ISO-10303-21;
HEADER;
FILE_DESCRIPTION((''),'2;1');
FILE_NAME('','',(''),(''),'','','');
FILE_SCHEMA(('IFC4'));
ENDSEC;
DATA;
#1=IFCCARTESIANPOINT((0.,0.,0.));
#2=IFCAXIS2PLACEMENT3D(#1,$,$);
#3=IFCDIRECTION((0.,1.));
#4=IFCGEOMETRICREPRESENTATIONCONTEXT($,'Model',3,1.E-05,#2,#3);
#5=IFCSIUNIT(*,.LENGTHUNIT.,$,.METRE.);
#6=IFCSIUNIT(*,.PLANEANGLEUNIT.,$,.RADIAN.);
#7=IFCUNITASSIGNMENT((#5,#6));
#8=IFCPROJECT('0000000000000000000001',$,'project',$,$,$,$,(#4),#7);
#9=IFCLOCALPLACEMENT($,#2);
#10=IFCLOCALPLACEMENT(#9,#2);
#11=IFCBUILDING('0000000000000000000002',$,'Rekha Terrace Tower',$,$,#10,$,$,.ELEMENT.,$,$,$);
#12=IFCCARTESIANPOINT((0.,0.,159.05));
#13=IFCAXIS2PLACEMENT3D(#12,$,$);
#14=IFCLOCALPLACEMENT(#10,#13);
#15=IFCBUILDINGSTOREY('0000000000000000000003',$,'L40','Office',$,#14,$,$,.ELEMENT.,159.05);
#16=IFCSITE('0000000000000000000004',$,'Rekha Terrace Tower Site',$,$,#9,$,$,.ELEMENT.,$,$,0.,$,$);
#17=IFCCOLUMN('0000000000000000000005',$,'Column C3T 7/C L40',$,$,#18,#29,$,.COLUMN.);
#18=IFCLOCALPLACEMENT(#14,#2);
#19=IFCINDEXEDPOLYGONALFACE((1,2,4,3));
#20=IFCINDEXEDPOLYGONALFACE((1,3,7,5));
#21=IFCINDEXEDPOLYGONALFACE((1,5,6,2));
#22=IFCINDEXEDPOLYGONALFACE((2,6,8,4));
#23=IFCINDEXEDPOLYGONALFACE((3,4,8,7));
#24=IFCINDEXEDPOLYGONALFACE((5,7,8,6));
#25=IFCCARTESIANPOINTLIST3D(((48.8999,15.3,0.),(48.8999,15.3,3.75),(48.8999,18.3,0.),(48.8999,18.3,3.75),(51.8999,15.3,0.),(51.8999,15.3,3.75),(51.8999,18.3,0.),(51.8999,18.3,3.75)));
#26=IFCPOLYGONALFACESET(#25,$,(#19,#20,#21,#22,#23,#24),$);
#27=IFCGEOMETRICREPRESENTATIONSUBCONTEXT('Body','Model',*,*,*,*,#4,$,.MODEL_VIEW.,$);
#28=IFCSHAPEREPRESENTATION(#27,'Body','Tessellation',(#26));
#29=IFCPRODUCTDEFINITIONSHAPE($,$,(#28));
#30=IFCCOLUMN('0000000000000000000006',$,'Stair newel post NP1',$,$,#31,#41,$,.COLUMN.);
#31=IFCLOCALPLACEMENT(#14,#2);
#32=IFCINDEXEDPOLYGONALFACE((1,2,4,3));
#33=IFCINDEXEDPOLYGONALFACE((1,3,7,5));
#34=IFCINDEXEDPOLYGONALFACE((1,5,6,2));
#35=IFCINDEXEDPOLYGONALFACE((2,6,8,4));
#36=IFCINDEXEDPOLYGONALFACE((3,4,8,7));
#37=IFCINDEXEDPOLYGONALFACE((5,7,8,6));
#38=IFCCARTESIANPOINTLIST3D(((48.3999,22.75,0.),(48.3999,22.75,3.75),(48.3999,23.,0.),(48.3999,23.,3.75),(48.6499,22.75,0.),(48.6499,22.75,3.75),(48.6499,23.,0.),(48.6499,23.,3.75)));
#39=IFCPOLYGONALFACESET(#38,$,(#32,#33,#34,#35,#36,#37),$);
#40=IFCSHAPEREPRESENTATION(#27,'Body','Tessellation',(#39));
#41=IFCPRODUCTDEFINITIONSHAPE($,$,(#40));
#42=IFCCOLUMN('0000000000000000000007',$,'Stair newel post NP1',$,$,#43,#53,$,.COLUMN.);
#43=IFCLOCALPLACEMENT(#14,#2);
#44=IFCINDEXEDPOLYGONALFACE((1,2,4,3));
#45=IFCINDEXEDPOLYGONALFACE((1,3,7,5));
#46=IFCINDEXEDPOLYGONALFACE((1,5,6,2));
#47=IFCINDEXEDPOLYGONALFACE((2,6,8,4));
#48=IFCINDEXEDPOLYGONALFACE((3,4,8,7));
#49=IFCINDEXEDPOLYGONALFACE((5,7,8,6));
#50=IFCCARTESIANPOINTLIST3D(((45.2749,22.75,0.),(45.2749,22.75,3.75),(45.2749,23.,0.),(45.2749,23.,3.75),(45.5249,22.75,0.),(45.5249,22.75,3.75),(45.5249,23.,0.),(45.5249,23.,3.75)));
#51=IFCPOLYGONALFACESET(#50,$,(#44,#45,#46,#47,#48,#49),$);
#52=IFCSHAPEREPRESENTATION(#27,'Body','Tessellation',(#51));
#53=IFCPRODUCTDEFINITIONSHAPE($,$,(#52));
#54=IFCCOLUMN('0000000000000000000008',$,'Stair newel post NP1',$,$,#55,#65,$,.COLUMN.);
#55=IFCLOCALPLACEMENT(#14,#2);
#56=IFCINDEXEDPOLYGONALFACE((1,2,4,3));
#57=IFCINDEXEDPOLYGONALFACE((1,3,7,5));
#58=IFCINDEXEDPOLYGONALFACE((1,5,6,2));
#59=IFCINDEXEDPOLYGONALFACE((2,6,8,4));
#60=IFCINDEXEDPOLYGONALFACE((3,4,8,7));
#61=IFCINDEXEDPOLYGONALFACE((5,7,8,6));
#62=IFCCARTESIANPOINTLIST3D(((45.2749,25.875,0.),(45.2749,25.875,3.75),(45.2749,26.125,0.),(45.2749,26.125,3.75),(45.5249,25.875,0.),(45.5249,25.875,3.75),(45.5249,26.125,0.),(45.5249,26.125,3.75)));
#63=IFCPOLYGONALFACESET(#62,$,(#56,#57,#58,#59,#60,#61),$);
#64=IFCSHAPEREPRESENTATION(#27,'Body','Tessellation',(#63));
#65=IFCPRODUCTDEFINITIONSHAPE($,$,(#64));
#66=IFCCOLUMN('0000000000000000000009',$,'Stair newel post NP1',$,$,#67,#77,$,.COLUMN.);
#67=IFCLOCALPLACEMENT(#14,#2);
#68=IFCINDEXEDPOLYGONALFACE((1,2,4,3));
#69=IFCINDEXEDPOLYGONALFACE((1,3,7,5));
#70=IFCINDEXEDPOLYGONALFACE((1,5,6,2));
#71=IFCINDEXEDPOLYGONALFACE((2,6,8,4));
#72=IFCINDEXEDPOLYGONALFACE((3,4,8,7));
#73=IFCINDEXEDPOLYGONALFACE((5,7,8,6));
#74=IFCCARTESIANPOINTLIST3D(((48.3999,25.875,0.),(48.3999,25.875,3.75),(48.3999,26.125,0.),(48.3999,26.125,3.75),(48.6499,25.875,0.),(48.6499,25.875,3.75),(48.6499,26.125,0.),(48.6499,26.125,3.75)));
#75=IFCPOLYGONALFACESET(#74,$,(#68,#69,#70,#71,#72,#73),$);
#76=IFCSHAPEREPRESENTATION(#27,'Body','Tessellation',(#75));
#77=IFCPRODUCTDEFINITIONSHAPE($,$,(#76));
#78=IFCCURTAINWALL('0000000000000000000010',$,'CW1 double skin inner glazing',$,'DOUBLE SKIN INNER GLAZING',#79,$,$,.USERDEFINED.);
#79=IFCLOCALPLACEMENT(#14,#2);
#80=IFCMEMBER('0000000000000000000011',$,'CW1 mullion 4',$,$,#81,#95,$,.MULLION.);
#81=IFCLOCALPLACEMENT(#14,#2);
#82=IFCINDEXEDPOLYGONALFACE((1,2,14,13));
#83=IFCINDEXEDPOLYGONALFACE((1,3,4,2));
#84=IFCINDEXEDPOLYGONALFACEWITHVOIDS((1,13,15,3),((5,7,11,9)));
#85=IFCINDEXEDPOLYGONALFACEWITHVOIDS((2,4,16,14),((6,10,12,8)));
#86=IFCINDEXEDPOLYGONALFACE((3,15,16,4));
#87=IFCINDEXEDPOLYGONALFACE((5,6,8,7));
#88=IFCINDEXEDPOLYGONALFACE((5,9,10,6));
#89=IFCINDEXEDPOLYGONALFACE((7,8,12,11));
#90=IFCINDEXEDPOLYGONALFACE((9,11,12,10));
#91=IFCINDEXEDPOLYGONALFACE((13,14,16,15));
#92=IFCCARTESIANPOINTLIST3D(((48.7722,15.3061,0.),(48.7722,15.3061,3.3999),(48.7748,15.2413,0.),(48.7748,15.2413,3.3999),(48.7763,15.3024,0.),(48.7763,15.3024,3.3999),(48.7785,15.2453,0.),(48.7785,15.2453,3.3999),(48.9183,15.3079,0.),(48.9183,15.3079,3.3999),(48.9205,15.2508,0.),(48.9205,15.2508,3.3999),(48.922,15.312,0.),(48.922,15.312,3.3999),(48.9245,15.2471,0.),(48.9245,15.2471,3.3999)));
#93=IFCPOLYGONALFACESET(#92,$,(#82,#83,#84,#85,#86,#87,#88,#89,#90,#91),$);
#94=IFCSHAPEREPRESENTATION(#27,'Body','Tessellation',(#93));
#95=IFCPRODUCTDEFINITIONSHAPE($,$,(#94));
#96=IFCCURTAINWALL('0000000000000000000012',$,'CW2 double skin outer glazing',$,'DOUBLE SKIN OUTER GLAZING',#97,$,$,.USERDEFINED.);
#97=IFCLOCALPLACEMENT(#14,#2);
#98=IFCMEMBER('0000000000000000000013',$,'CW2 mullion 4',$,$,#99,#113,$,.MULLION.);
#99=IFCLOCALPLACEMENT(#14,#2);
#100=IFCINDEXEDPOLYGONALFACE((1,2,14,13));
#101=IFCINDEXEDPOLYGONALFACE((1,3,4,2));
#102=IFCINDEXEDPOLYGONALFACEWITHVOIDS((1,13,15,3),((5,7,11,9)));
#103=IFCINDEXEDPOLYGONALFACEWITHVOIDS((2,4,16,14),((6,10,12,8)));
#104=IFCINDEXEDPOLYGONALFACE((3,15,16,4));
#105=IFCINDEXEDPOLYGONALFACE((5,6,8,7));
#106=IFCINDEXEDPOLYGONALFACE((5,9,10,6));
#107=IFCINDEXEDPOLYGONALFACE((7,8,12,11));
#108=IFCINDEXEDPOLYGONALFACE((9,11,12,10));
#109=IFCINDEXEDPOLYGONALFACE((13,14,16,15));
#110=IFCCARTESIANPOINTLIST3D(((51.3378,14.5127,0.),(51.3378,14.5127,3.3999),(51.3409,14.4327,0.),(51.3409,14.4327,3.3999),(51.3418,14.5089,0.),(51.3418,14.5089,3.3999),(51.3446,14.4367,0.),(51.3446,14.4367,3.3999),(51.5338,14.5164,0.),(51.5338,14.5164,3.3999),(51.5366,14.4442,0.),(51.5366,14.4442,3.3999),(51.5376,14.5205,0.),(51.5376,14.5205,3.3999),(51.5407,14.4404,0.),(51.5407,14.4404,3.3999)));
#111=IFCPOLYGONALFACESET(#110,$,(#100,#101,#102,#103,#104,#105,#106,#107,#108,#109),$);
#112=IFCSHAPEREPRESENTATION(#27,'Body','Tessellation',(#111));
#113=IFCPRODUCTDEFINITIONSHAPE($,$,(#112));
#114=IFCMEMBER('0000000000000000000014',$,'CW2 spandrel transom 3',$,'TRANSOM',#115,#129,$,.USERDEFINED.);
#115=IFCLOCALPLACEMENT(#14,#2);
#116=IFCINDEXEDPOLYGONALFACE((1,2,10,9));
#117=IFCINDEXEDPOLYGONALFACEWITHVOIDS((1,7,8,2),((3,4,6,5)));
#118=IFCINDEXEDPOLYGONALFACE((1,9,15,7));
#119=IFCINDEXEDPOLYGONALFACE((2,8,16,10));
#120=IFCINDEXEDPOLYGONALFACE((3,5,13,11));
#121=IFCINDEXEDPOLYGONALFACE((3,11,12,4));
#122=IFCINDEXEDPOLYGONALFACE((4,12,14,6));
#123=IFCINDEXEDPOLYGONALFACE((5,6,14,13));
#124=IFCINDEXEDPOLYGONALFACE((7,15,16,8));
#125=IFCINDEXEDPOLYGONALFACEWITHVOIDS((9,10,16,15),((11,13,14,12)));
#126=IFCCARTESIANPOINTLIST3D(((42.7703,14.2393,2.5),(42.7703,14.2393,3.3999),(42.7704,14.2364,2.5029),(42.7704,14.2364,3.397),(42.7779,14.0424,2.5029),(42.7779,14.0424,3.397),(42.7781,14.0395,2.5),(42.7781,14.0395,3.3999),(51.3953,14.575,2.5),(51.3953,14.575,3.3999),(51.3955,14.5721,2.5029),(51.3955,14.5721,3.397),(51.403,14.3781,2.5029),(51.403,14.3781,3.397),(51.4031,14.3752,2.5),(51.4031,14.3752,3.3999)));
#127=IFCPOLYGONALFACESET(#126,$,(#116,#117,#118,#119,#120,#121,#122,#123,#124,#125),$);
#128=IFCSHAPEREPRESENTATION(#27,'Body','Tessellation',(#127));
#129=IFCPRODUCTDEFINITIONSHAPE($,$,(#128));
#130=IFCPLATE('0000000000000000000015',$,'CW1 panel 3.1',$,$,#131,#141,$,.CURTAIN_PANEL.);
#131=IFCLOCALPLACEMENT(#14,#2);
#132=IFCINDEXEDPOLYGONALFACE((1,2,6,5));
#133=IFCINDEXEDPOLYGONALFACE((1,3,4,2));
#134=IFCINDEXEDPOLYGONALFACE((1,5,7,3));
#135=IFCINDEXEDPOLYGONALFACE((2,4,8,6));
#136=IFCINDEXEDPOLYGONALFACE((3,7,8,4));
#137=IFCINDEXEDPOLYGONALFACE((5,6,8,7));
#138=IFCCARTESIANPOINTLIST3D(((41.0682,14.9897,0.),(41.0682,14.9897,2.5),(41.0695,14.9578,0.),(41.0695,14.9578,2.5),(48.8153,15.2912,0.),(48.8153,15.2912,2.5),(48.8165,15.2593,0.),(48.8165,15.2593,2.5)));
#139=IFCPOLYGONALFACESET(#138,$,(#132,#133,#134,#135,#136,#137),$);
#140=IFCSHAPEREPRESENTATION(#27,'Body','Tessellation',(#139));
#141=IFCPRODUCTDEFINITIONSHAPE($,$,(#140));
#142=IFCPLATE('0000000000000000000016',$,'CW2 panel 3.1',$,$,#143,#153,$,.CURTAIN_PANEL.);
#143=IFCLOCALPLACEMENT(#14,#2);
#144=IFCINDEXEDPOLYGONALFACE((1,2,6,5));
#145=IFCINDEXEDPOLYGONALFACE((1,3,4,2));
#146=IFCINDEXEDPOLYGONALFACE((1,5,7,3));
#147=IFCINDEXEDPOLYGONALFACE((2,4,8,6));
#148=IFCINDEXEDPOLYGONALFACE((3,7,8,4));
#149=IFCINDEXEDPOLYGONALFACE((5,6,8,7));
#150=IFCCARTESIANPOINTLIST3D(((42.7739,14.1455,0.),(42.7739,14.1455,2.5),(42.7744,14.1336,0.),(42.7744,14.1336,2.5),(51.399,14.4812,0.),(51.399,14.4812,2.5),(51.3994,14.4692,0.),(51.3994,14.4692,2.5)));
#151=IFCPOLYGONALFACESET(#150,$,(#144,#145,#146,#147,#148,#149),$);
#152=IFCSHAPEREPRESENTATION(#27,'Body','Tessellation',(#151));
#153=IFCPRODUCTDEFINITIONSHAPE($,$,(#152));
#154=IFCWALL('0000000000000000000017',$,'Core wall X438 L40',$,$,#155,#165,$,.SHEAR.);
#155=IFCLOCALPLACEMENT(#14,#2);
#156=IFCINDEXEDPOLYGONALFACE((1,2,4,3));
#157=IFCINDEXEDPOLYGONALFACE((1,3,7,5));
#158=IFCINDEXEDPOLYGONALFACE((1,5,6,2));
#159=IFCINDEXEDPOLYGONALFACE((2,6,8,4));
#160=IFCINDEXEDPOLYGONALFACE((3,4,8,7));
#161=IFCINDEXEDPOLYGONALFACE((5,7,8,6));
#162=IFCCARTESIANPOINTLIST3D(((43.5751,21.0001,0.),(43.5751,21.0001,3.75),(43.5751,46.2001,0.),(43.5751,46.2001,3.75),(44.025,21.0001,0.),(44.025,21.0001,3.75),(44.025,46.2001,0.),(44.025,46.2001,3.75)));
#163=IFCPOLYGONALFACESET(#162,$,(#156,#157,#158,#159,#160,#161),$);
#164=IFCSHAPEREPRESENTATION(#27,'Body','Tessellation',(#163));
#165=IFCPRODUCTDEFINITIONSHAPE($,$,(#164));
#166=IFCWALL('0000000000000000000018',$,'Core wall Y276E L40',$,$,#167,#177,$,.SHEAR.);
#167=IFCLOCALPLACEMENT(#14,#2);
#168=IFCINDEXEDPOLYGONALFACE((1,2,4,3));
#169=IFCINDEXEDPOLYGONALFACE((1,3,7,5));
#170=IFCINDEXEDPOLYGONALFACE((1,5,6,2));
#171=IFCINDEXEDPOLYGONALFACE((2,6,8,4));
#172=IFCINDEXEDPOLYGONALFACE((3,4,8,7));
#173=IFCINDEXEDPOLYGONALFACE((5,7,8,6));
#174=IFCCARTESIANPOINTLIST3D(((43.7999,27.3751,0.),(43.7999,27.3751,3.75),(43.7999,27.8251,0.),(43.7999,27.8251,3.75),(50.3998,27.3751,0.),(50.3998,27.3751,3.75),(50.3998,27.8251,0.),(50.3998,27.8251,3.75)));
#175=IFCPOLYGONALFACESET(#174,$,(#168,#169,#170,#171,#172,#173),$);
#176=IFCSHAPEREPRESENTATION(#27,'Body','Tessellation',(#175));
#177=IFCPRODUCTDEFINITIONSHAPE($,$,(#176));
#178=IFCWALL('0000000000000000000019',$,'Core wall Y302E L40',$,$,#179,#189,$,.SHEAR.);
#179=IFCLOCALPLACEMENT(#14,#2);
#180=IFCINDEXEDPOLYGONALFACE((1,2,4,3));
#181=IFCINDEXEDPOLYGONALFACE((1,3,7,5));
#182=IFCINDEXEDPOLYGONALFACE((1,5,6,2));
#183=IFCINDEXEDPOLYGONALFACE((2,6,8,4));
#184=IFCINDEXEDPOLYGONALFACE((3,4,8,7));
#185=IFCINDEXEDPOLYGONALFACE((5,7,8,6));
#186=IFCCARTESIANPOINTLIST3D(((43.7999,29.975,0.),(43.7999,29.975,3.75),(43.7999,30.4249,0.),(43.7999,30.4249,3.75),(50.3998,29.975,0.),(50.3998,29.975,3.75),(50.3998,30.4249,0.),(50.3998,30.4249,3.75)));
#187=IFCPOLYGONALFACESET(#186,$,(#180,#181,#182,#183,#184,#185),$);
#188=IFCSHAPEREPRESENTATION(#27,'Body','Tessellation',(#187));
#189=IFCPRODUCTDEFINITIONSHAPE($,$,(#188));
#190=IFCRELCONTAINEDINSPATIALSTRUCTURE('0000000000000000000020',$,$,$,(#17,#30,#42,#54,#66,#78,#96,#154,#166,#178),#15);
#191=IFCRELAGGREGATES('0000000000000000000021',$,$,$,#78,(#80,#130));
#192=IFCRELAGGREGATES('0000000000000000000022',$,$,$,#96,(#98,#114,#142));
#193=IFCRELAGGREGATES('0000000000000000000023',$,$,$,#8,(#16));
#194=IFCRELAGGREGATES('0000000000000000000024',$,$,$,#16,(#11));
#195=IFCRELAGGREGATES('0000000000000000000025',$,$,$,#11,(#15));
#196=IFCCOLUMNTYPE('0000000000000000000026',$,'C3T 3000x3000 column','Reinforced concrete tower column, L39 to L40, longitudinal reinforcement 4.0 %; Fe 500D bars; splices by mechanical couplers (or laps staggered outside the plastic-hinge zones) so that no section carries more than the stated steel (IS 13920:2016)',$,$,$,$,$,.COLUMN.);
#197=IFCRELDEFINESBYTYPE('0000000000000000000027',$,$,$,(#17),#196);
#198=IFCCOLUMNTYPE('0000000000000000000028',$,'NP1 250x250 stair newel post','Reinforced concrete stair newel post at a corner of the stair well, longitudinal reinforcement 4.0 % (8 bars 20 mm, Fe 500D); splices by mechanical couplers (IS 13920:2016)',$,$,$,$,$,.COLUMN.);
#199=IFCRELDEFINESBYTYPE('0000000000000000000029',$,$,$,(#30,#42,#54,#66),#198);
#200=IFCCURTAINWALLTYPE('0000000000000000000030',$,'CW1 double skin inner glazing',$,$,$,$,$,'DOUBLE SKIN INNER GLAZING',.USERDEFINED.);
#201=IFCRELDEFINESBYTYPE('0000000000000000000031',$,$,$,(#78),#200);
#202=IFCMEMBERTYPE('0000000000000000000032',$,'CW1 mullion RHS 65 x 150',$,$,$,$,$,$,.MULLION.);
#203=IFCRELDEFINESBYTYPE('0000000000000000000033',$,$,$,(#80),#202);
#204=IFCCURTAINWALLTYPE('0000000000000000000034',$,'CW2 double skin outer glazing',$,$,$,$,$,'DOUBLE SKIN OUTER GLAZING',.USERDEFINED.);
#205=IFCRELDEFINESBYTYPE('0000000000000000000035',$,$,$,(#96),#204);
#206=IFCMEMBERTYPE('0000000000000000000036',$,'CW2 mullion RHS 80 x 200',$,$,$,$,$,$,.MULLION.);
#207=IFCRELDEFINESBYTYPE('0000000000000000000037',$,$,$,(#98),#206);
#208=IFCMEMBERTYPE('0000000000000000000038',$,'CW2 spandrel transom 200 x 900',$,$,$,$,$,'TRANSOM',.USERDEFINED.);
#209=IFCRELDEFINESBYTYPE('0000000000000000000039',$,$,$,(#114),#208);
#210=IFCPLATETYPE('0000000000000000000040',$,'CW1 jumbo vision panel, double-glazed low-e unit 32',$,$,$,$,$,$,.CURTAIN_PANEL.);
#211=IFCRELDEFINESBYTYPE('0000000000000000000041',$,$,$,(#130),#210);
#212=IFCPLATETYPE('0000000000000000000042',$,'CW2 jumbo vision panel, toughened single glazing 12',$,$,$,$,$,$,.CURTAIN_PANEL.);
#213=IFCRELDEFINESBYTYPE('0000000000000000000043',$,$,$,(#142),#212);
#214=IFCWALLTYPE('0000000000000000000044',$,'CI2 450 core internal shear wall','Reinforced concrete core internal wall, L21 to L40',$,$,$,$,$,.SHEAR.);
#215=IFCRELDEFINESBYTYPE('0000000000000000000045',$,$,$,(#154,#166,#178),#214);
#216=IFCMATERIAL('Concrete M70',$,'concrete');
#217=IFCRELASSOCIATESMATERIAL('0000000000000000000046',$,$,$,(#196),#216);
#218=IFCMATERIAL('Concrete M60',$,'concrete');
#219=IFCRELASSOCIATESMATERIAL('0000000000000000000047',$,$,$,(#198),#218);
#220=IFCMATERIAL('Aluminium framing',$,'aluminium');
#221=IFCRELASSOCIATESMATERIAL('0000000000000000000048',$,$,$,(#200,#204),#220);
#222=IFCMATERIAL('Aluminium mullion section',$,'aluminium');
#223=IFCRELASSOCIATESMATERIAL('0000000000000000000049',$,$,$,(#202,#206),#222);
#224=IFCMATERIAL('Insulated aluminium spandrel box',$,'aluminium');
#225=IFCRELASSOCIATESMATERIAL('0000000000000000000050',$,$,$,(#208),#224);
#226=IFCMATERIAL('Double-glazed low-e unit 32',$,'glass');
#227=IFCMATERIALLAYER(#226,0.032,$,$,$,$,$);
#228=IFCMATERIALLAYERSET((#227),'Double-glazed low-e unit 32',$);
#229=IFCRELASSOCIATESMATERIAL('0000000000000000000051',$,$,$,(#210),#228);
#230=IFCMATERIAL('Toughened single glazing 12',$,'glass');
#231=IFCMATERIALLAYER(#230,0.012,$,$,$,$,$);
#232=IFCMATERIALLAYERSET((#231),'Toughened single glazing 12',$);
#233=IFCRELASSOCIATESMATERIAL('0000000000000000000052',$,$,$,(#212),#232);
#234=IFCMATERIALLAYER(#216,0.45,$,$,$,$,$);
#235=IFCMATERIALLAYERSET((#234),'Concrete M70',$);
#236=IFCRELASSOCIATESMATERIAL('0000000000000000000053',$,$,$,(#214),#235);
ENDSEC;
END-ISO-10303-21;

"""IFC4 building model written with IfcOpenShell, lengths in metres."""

from ifc_helpers import new_model, si_unit, direction, frame, frame_2d, origin, origin_2d, place, context, subcontext, project, spatial, rectangle, hollow_rectangle, extrude, material, layer, layer_set, material_profile, profile_set, type_object, element, aggregate, save


model = new_model("IFC4")

# Units and contexts
model_context = context("Model", 3, precision=1e-05, world=origin(), true_north=direction((0.0, 1.0)))
body_context = subcontext(model_context, "Body", "Model", "MODEL_VIEW")
ifc_project = project(units=[si_unit("LENGTHUNIT", "METRE"), si_unit("PLANEANGLEUNIT", "RADIAN")], contexts=[model_context])

# Site, building, storey
site_placement = place(None, origin())
site = spatial("IfcSite", under=ifc_project, at=site_placement, Name="Rekha Terrace Tower Site", CompositionType="ELEMENT", RefElevation=0.0)
building_placement = place(site_placement, origin())
building = spatial("IfcBuilding", under=site, at=building_placement, Name="Rekha Terrace Tower", CompositionType="ELEMENT")
storey_placement = place(building_placement, frame((0.0, 0.0, 159.05)))
storey = spatial("IfcBuildingStorey", under=building, at=storey_placement, Name="L40", Description="Office", CompositionType="ELEMENT", Elevation=159.05)

# Columns
ifc_material_1 = material(Name="Concrete M70", Category="concrete")
ifc_material_profile_1 = material_profile(ifc_material_1, rectangle(XDim=3.0, YDim=3.0, at=origin_2d()), Name="RC 3000x3000")
ifc_profile_set_1 = profile_set([ifc_material_profile_1], Name="Concrete M70")
column_type_1 = type_object("IfcColumnType", Name="C3T 3000x3000 column", Description="Reinforced concrete tower column, L39 to L40, longitudinal reinforcement 4.0 %; Fe 500D bars; splices by mechanical couplers (or laps staggered outside the plastic-hinge zones) so that no section carries more than the stated steel (IS 13920:2016)", PredefinedType="COLUMN", material=ifc_profile_set_1)
column_placement = place(storey_placement, frame((50.3999, 16.8, 0.0), z_axis=(0.0, 0.0, 1.0), x_axis=(1.0, 0.0, 0.0)))
element("IfcColumn", 1, at=column_placement, inside=storey, type_object=column_type_1, Name="Column C3T 7/C L40", PredefinedType="COLUMN", context=body_context, shape_type="SweptSolid", body=[
    extrude(rectangle(XDim=3.0, YDim=3.0, at=origin_2d()), origin(), (0.0, 0.0, 1.0), 3.75),
])
ifc_material_2 = material(Name="Concrete M60", Category="concrete")
ifc_material_profile_2 = material_profile(ifc_material_2, rectangle(XDim=0.25, YDim=0.25, at=origin_2d()), Name="RC 250x250")
ifc_profile_set_2 = profile_set([ifc_material_profile_2], Name="Concrete M60")
column_type_2 = type_object("IfcColumnType", Name="NP1 250x250 stair newel post", Description="Reinforced concrete stair newel post at a corner of the stair well, longitudinal reinforcement 4.0 % (8 bars 20 mm, Fe 500D); splices by mechanical couplers (IS 13920:2016)", PredefinedType="COLUMN", material=ifc_profile_set_2)
for number, where, z_axis, x_axis, name in (
    (2, (48.5249, 22.875, 0.0), (0.0, 0.0, 1.0), (1.0, 0.0, 0.0), "Stair newel post NP1"),
    (3, (45.3999, 22.875, 0.0), (0.0, 0.0, 1.0), (1.0, 0.0, 0.0), "Stair newel post NP1"),
    (4, (45.3999, 26.0, 0.0), (0.0, 0.0, 1.0), (1.0, 0.0, 0.0), "Stair newel post NP1"),
    (5, (48.5249, 26.0, 0.0), (0.0, 0.0, 1.0), (1.0, 0.0, 0.0), "Stair newel post NP1"),
):
    element("IfcColumn", number, at=place(storey_placement, frame(where, z_axis=z_axis, x_axis=x_axis)), inside=storey, type_object=column_type_2, Name=name, PredefinedType="COLUMN", context=body_context, shape_type="SweptSolid", body=[
        extrude(rectangle(XDim=0.25, YDim=0.25, at=origin_2d()), origin(), (0.0, 0.0, 1.0), 3.75),
    ])

# Curtain wall, member
ifc_material_3 = material(Name="Aluminium framing", Category="aluminium")
curtain_wall_type_1 = type_object("IfcCurtainWallType", Name="CW1 double skin inner glazing", ElementType="DOUBLE SKIN INNER GLAZING", PredefinedType="USERDEFINED", material=ifc_material_3)
curtain_wall_1_placement = place(storey_placement, origin())
curtain_wall_1 = element("IfcCurtainWall", 6, at=curtain_wall_1_placement, inside=storey, type_object=curtain_wall_type_1, Name="CW1 double skin inner glazing", ObjectType="DOUBLE SKIN INNER GLAZING", PredefinedType="USERDEFINED")
ifc_material_4 = material(Name="Aluminium mullion section", Category="aluminium")
ifc_material_profile_3 = material_profile(ifc_material_4, hollow_rectangle(XDim=0.0649, YDim=0.1499, WallThickness=0.0039, at=origin_2d()), Name="AL RHS 65x150")
ifc_profile_set_3 = profile_set([ifc_material_profile_3], Name="Aluminium mullion section")
member_type_1 = type_object("IfcMemberType", Name="CW1 mullion RHS 65 x 150", PredefinedType="MULLION", material=ifc_profile_set_3)
member_1_placement = place(storey_placement, frame((48.8484, 15.2766, 0.0), z_axis=(0.0, 0.0, 1.0), x_axis=(-0.03889, 0.999243, 0.0)))
member_1 = element("IfcMember", 7, at=member_1_placement, type_object=member_type_1, Name="CW1 mullion 4", PredefinedType="MULLION", context=body_context, shape_type="SweptSolid", body=[
    extrude(hollow_rectangle(XDim=0.0649, YDim=0.1499, WallThickness=0.0039, at=origin_2d()), origin(), (0.0, 0.0, 1.0), 3.3999),
])

# Curtain wall, members
curtain_wall_type_2 = type_object("IfcCurtainWallType", Name="CW2 double skin outer glazing", ElementType="DOUBLE SKIN OUTER GLAZING", PredefinedType="USERDEFINED", material=ifc_material_3)
curtain_wall_2_placement = place(storey_placement, origin())
curtain_wall_2 = element("IfcCurtainWall", 8, at=curtain_wall_2_placement, inside=storey, type_object=curtain_wall_type_2, Name="CW2 double skin outer glazing", ObjectType="DOUBLE SKIN OUTER GLAZING", PredefinedType="USERDEFINED")
ifc_material_profile_4 = material_profile(ifc_material_4, hollow_rectangle(XDim=0.0801, YDim=0.2, WallThickness=0.0039, at=origin_2d()), Name="AL RHS 80x200")
ifc_profile_set_4 = profile_set([ifc_material_profile_4], Name="Aluminium mullion section")
member_type_2 = type_object("IfcMemberType", Name="CW2 mullion RHS 80 x 200", PredefinedType="MULLION", material=ifc_profile_set_4)
member_2_placement = place(storey_placement, frame((51.4392, 14.4766, 0.0), z_axis=(0.0, 0.0, 1.0), x_axis=(-0.03889, 0.999243, 0.0)))
member_2 = element("IfcMember", 9, at=member_2_placement, type_object=member_type_2, Name="CW2 mullion 4", PredefinedType="MULLION", context=body_context, shape_type="SweptSolid", body=[
    extrude(hollow_rectangle(XDim=0.0801, YDim=0.2, WallThickness=0.0039, at=origin_2d()), origin(), (0.0, 0.0, 1.0), 3.3999),
])
ifc_material_5 = material(Name="Insulated aluminium spandrel box", Category="aluminium")
ifc_material_profile_5 = material_profile(ifc_material_5, hollow_rectangle(XDim=0.2, YDim=0.8999, WallThickness=0.0029, at=origin_2d()), Name="AL SPANDREL BOX 200x900")
ifc_profile_set_5 = profile_set([ifc_material_profile_5], Name="Insulated aluminium spandrel box")
member_type_3 = type_object("IfcMemberType", Name="CW2 spandrel transom 200 x 900", ElementType="TRANSOM", PredefinedType="USERDEFINED", material=ifc_profile_set_5)
member_3_placement = place(storey_placement, frame((42.7742, 14.1394, 2.95), z_axis=(0.999243, 0.038892, 0.0), x_axis=(-0.038892, 0.999243, 0.0)))
member_3 = element("IfcMember", 10, at=member_3_placement, type_object=member_type_3, Name="CW2 spandrel transom 3", ObjectType="TRANSOM", PredefinedType="USERDEFINED", context=body_context, shape_type="SweptSolid", body=[
    extrude(hollow_rectangle(XDim=0.2, YDim=0.8999, WallThickness=0.0029, at=origin_2d()), origin(), (0.0, 0.0, 1.0), 8.6316),
])

# Plates
ifc_material_6 = material(Name="Double-glazed low-e unit 32", Category="glass")
ifc_layer_1 = layer(ifc_material_6, 0.032)
ifc_layer_set_1 = layer_set([ifc_layer_1], Name="Double-glazed low-e unit 32")
plate_type_1 = type_object("IfcPlateType", Name="CW1 jumbo vision panel, double-glazed low-e unit 32", PredefinedType="CURTAIN_PANEL", material=ifc_layer_set_1)
plate_1_placement = place(storey_placement, frame((44.9424, 15.1245, 0.0), z_axis=(0.0, 0.0, 1.0), x_axis=(0.999243, 0.03889, 0.0)))
plate_1 = element("IfcPlate", 11, at=plate_1_placement, type_object=plate_type_1, Name="CW1 panel 3.1", PredefinedType="CURTAIN_PANEL", context=body_context, shape_type="SweptSolid", body=[
    extrude(rectangle(XDim=7.7529, YDim=0.032, at=origin_2d()), origin(), (0.0, 0.0, 1.0), 2.5),
])
aggregate(curtain_wall_1, [member_1, plate_1])
ifc_material_7 = material(Name="Toughened single glazing 12", Category="glass")
ifc_layer_2 = layer(ifc_material_7, 0.012)
ifc_layer_set_2 = layer_set([ifc_layer_2], Name="Toughened single glazing 12")
plate_type_2 = type_object("IfcPlateType", Name="CW2 jumbo vision panel, toughened single glazing 12", PredefinedType="CURTAIN_PANEL", material=ifc_layer_set_2)
plate_2_placement = place(storey_placement, frame((47.0867, 14.3074, 0.0), z_axis=(0.0, 0.0, 1.0), x_axis=(0.999243, 0.03889, 0.0)))
plate_2 = element("IfcPlate", 12, at=plate_2_placement, type_object=plate_type_2, Name="CW2 panel 3.1", PredefinedType="CURTAIN_PANEL", context=body_context, shape_type="SweptSolid", body=[
    extrude(rectangle(XDim=8.6316, YDim=0.012, at=origin_2d()), origin(), (0.0, 0.0, 1.0), 2.5),
])
aggregate(curtain_wall_2, [member_2, member_3, plate_2])

# Walls
ifc_layer_3 = layer(ifc_material_1, 0.45)
ifc_layer_set_3 = layer_set([ifc_layer_3], Name="Concrete M70")
wall_type_1 = type_object("IfcWallType", Name="CI2 450 core internal shear wall", Description="Reinforced concrete core internal wall, L21 to L40", PredefinedType="SHEAR", material=ifc_layer_set_3)
wall_1_placement = place(storey_placement, frame((43.8, 21.0, 0.0), z_axis=(0.0, 0.0, 1.0), x_axis=(0.0, 1.0, 0.0)))
element("IfcWall", 13, at=wall_1_placement, inside=storey, type_object=wall_type_1, Name="Core wall X438 L40", PredefinedType="SHEAR", context=body_context, shape_type="SweptSolid", body=[
    extrude(rectangle(XDim=25.2, YDim=0.45, at=frame_2d((12.6001, 0.0))), origin(), (0.0, 0.0, 1.0), 3.75),
])
for number, where, z_axis, x_axis, name in (
    (14, (43.8, 27.6001, 0.0), (0.0, 0.0, 1.0), (1.0, 0.0, 0.0), "Core wall Y276E L40"),
    (15, (43.8, 30.2, 0.0), (0.0, 0.0, 1.0), (1.0, 0.0, 0.0), "Core wall Y302E L40"),
):
    element("IfcWall", number, at=place(storey_placement, frame(where, z_axis=z_axis, x_axis=x_axis)), inside=storey, type_object=wall_type_1, Name=name, PredefinedType="SHEAR", context=body_context, shape_type="SweptSolid", body=[
        extrude(rectangle(XDim=6.5999, YDim=0.45, at=frame_2d((3.2998, 0.0))), origin(), (0.0, 0.0, 1.0), 3.75),
    ])

save(model, "model.ifc")
